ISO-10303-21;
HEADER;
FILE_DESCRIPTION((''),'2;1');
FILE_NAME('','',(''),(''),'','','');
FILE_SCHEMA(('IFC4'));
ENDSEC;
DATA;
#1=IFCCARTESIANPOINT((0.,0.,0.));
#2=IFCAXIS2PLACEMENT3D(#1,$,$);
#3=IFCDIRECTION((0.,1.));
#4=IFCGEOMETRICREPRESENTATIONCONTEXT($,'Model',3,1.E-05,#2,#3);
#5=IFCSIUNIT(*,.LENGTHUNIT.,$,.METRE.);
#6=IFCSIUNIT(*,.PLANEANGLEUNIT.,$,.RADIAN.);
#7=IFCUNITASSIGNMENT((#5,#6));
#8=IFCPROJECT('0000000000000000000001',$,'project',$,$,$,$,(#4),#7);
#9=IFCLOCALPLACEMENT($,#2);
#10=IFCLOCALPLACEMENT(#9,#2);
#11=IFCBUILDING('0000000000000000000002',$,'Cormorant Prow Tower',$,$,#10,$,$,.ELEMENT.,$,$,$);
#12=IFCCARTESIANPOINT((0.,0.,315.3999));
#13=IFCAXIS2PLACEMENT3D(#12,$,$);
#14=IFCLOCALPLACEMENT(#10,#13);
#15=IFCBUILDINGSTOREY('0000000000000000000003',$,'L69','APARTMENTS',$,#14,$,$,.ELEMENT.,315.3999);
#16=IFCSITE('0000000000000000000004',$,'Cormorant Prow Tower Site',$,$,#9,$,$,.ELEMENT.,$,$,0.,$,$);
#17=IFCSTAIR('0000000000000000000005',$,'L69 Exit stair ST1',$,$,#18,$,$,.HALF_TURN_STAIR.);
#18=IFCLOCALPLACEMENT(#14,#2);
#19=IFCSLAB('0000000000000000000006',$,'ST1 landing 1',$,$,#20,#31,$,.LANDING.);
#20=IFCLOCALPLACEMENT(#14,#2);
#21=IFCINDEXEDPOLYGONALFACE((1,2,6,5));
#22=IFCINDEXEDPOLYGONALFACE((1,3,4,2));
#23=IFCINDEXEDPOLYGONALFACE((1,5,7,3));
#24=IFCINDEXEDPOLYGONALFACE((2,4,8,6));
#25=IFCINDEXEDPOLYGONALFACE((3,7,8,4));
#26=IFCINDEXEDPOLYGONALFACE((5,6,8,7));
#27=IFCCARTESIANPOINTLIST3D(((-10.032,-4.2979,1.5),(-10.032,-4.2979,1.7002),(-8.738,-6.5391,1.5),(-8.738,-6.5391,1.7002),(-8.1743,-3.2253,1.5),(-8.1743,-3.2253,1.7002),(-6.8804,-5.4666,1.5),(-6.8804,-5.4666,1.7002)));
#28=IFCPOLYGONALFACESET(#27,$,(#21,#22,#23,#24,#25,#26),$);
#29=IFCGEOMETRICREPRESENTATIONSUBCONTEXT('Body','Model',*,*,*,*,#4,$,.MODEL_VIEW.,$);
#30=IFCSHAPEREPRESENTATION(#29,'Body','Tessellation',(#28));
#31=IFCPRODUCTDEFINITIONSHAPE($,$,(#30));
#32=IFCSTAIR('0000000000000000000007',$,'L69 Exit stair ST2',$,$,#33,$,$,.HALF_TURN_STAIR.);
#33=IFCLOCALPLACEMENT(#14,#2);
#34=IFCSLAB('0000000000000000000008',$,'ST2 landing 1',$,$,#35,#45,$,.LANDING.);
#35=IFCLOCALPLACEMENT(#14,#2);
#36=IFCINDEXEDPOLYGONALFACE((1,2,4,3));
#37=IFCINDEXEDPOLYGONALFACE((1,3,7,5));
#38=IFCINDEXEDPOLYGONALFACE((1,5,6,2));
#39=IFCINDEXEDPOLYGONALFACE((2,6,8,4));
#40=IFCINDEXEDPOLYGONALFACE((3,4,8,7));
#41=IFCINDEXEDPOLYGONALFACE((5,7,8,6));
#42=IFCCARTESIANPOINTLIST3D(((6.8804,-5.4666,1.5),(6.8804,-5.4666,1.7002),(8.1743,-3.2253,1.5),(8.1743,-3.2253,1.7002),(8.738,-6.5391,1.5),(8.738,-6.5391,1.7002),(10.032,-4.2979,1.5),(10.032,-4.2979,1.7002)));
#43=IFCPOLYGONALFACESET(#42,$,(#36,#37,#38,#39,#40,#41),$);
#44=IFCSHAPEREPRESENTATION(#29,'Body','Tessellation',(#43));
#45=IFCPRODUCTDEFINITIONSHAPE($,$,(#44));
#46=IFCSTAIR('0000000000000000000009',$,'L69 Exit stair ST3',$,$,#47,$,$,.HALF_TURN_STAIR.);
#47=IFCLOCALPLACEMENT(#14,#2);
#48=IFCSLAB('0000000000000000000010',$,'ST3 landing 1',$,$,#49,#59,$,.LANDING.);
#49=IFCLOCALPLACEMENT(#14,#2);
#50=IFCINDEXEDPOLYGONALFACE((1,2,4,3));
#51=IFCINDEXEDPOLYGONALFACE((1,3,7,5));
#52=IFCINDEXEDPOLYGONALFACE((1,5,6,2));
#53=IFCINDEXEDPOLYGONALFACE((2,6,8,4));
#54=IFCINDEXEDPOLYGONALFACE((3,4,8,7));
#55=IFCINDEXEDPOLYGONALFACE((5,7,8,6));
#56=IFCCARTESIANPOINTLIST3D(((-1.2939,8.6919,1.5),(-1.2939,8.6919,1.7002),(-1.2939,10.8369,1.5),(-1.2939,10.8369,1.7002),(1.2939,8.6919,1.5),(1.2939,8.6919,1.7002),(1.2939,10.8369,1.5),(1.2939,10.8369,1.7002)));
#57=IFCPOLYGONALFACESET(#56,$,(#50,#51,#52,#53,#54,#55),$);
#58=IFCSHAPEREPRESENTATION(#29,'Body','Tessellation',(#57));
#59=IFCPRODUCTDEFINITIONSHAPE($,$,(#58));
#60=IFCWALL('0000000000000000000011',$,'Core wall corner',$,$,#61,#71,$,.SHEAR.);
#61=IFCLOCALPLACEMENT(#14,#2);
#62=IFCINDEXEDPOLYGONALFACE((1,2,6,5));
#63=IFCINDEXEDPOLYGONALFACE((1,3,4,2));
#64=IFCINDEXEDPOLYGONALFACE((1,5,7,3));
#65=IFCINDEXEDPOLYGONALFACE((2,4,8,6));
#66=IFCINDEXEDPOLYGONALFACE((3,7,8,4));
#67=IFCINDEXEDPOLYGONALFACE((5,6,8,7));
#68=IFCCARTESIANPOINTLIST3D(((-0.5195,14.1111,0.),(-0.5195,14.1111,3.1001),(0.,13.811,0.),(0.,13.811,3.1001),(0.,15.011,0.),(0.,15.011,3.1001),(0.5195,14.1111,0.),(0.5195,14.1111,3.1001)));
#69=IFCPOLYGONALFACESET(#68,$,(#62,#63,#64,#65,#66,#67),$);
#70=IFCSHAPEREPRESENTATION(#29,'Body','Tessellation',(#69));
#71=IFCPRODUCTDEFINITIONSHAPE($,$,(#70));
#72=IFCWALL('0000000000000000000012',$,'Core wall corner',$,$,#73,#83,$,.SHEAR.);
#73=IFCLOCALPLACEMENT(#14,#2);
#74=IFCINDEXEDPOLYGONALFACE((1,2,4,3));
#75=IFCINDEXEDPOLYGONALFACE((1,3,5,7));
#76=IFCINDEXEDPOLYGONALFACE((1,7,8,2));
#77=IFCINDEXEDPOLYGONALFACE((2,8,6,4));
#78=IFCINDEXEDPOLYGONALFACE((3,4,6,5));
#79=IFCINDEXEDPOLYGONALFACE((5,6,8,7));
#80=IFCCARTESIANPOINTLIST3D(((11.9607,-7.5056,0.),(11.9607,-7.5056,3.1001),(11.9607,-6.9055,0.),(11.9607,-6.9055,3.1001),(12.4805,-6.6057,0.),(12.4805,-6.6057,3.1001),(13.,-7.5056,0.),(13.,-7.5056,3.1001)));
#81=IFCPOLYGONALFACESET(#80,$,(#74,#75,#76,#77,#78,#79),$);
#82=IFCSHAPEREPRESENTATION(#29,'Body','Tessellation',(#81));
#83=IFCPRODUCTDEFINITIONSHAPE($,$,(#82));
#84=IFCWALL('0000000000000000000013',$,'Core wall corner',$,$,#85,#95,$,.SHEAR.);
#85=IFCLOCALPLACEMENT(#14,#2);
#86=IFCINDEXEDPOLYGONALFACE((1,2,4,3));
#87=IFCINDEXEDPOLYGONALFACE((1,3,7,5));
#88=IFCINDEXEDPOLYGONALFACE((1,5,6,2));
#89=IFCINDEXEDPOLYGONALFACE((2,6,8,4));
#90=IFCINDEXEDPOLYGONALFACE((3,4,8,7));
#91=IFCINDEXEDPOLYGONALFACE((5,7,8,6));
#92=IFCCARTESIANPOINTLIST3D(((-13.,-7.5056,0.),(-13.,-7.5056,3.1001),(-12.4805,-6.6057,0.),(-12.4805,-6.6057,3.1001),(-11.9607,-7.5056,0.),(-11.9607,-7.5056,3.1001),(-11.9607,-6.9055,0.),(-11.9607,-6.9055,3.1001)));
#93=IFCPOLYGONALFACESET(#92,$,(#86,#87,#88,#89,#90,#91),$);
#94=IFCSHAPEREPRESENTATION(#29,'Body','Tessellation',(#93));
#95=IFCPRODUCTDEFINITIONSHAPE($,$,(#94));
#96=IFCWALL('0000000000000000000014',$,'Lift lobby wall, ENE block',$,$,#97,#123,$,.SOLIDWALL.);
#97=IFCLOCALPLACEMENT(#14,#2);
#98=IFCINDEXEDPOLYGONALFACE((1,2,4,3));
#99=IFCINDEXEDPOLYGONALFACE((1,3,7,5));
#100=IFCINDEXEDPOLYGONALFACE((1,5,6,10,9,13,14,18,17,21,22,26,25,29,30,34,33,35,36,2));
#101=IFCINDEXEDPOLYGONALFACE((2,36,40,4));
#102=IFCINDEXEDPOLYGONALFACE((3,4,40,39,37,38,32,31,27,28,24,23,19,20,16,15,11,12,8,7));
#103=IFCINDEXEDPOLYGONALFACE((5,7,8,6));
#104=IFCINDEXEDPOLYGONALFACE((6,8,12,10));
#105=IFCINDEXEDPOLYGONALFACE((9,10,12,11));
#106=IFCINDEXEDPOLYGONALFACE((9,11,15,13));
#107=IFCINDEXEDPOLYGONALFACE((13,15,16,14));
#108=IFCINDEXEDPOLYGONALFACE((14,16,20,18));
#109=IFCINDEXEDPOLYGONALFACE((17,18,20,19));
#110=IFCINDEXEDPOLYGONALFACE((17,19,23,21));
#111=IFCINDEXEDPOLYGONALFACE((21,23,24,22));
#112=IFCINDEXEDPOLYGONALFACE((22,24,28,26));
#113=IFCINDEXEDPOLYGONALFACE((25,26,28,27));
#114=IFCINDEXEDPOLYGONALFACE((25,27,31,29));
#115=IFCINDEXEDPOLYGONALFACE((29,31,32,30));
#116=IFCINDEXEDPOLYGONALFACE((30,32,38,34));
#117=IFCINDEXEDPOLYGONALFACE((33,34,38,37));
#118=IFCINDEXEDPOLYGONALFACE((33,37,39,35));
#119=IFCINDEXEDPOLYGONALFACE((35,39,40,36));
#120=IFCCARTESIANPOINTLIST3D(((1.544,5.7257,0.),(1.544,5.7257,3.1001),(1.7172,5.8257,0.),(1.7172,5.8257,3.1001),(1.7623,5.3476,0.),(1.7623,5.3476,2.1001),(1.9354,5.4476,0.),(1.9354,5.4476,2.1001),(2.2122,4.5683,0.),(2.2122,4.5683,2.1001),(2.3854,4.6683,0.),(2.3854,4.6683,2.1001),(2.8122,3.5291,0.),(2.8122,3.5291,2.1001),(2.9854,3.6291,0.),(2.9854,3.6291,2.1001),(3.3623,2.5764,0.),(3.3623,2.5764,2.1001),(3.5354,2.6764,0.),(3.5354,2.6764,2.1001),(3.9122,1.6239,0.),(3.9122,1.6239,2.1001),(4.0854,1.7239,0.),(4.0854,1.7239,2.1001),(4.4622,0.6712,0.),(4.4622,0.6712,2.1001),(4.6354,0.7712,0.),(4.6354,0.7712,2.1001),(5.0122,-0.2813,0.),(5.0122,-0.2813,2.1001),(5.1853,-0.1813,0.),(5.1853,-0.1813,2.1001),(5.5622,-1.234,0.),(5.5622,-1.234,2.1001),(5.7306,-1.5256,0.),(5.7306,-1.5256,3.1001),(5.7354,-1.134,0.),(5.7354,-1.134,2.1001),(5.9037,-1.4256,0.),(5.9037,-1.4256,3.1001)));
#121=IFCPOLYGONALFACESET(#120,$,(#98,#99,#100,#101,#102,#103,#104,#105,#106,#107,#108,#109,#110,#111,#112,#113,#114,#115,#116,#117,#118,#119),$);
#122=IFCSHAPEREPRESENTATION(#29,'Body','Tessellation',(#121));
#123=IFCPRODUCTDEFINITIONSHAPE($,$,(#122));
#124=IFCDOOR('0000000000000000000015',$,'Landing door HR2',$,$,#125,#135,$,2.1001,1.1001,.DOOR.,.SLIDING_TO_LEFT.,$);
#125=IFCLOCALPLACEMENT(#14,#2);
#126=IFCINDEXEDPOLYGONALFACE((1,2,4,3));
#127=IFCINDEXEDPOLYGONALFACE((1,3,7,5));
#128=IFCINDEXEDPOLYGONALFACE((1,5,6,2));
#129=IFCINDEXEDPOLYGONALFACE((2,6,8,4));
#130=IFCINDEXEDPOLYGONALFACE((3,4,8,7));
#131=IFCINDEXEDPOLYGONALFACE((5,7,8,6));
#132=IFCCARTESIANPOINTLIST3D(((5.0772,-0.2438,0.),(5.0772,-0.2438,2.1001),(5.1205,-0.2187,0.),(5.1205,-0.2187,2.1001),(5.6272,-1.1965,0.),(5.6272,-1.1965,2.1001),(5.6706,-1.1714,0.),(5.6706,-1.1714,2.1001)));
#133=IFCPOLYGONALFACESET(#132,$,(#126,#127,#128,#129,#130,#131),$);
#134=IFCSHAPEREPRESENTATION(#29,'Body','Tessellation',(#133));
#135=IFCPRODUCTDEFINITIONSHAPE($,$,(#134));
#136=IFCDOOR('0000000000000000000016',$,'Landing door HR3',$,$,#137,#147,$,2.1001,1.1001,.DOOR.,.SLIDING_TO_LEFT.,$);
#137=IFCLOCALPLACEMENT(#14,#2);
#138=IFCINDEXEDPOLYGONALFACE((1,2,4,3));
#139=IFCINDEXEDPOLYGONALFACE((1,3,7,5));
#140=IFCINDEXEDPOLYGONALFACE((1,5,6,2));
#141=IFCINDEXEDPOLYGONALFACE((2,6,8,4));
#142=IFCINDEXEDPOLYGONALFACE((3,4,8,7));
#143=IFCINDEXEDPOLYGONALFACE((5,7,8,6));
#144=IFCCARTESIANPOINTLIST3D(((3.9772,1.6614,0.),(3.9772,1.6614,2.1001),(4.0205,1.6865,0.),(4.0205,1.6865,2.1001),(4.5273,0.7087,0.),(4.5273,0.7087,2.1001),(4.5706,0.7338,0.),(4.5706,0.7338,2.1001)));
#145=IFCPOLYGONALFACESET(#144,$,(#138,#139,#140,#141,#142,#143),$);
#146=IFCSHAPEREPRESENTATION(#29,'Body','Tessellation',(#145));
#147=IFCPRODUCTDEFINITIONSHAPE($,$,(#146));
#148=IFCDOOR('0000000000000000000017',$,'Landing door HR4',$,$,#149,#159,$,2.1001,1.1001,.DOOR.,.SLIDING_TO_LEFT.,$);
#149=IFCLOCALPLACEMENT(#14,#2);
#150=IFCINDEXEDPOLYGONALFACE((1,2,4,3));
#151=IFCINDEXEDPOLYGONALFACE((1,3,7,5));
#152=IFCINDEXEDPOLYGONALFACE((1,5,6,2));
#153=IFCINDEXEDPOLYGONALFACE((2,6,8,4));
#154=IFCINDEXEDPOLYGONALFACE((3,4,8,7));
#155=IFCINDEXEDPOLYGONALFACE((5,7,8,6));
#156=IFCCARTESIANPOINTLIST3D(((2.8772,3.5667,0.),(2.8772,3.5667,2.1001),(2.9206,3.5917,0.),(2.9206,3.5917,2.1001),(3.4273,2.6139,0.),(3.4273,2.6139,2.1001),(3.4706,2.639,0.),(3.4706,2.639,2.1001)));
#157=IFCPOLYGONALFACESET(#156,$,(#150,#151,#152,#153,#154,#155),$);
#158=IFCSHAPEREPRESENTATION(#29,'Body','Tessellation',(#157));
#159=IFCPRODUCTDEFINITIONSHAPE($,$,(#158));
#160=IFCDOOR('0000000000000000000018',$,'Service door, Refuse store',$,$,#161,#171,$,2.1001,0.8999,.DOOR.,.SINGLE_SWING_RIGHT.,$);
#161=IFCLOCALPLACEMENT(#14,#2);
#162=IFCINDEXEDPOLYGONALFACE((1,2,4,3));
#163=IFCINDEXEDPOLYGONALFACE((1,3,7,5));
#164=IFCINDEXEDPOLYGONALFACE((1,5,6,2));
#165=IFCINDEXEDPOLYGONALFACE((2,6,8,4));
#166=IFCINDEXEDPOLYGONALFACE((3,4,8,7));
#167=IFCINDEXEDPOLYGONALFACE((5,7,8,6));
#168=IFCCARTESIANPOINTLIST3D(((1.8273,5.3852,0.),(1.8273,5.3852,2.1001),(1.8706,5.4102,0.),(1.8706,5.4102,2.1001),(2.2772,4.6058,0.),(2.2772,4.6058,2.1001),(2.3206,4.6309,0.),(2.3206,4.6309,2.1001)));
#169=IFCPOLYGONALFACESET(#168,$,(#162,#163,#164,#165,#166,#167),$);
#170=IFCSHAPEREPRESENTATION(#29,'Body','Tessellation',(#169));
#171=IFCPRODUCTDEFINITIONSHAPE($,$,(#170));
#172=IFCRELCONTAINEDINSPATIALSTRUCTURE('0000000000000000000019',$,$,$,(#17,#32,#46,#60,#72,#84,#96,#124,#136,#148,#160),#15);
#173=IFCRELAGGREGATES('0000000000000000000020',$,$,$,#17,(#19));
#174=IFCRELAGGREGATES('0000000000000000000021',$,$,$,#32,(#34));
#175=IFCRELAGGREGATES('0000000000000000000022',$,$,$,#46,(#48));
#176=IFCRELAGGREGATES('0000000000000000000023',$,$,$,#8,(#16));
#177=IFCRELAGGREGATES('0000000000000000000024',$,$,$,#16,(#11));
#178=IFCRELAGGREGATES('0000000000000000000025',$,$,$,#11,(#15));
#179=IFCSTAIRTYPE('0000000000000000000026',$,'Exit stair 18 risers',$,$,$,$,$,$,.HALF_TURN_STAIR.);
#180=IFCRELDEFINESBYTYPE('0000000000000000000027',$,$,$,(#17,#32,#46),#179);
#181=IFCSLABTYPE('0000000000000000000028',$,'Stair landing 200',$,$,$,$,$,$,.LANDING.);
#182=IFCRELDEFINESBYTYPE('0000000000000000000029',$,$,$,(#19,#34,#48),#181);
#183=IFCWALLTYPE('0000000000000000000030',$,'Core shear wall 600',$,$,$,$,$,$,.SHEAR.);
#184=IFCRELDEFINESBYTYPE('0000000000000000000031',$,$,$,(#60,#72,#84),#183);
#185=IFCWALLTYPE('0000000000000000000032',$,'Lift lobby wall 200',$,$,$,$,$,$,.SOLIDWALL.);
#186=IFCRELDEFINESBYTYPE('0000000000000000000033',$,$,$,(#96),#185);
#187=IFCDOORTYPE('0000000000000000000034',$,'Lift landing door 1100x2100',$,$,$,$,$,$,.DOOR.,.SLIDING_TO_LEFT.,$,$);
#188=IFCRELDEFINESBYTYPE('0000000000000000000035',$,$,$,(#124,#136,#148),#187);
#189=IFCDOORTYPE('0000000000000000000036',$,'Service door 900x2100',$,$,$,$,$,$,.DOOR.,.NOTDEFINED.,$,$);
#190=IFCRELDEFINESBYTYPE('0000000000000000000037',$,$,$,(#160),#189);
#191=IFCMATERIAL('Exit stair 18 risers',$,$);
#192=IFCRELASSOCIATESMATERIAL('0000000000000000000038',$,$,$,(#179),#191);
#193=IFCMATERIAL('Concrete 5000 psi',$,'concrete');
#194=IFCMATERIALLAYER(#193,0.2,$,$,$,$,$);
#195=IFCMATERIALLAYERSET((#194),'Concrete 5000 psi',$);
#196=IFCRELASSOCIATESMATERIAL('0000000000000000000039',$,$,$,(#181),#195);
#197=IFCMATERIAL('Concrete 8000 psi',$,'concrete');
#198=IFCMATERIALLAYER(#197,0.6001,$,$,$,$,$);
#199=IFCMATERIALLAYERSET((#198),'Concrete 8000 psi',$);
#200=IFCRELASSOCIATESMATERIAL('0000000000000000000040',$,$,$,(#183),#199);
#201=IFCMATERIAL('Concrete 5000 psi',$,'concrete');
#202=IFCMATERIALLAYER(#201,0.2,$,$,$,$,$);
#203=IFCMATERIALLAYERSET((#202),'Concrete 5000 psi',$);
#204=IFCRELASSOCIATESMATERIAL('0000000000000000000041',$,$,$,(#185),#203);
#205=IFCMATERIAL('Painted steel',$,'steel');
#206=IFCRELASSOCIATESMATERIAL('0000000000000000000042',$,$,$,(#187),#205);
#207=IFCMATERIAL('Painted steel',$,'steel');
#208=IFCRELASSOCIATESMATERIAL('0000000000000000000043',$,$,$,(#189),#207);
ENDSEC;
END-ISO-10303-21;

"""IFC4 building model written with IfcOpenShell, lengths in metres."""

from ifc_helpers import new_model, si_unit, direction, frame, frame_2d, origin, place, context, subcontext, project, spatial, polyline, rectangle, outline, extrude, material, layer, layer_set, type_object, element, fill, aggregate, save


model = new_model("IFC4")

# Units and contexts
model_context = context("Model", 3, precision=1e-05, world=origin(), true_north=direction((0.0, 1.0)))
body_context = subcontext(model_context, "Body", "Model", "MODEL_VIEW")
ifc_project = project(units=[si_unit("LENGTHUNIT", "METRE"), si_unit("PLANEANGLEUNIT", "RADIAN")], contexts=[model_context])

# Site, building, storey
site_placement = place(None, origin())
site = spatial("IfcSite", under=ifc_project, at=site_placement, Name="Cormorant Prow Tower Site", CompositionType="ELEMENT", RefElevation=0.0)
building_placement = place(site_placement, origin())
building = spatial("IfcBuilding", under=site, at=building_placement, Name="Cormorant Prow Tower", CompositionType="ELEMENT")
storey_placement = place(building_placement, frame((0.0, 0.0, 315.3999)))
storey = spatial("IfcBuildingStorey", under=building, at=storey_placement, Name="L69", Description="APARTMENTS", CompositionType="ELEMENT", Elevation=315.3999)

# Stairs, slabs
ifc_material_1 = material(Name="Exit stair 18 risers")
stair_type = type_object("IfcStairType", Name="Exit stair 18 risers", PredefinedType="HALF_TURN_STAIR", material=ifc_material_1)
stair_1_placement = place(storey_placement, origin())
stair_1 = element("IfcStair", 1, at=stair_1_placement, inside=storey, type_object=stair_type, Name="L69 Exit stair ST1", PredefinedType="HALF_TURN_STAIR")
ifc_material_2 = material(Name="Concrete 5000 psi", Category="concrete")
ifc_layer_1 = layer(ifc_material_2, 0.2)
ifc_layer_set_1 = layer_set([ifc_layer_1], Name="Concrete 5000 psi")
slab_type = type_object("IfcSlabType", Name="Stair landing 200", PredefinedType="LANDING", material=ifc_layer_set_1)
slab_1_placement = place(storey_placement, frame((0.0, 0.0, 1.5)))
slab_1 = element("IfcSlab", 2, at=slab_1_placement, type_object=slab_type, Name="ST1 landing 1", PredefinedType="LANDING", context=body_context, shape_type="SweptSolid", body=[
    extrude(outline(polyline([(-8.1743, -3.2253), (-10.032, -4.2979), (-8.738, -6.5391), (-6.8804, -5.4666), (-8.1743, -3.2253)])), origin(), (0.0, 0.0, 1.0), 0.2002),
])
aggregate(stair_1, [slab_1])
stair_2_placement = place(storey_placement, origin())
stair_2 = element("IfcStair", 3, at=stair_2_placement, inside=storey, type_object=stair_type, Name="L69 Exit stair ST2", PredefinedType="HALF_TURN_STAIR")
slab_2_placement = place(storey_placement, frame((0.0, 0.0, 1.5)))
slab_2 = element("IfcSlab", 4, at=slab_2_placement, type_object=slab_type, Name="ST2 landing 1", PredefinedType="LANDING", context=body_context, shape_type="SweptSolid", body=[
    extrude(outline(polyline([(6.8804, -5.4666), (8.738, -6.5391), (10.032, -4.2979), (8.1743, -3.2253), (6.8804, -5.4666)])), origin(), (0.0, 0.0, 1.0), 0.2002),
])
aggregate(stair_2, [slab_2])
stair_3_placement = place(storey_placement, origin())
stair_3 = element("IfcStair", 5, at=stair_3_placement, inside=storey, type_object=stair_type, Name="L69 Exit stair ST3", PredefinedType="HALF_TURN_STAIR")
slab_3_placement = place(storey_placement, frame((0.0, 0.0, 1.5)))
slab_3 = element("IfcSlab", 6, at=slab_3_placement, type_object=slab_type, Name="ST3 landing 1", PredefinedType="LANDING", context=body_context, shape_type="SweptSolid", body=[
    extrude(outline(polyline([(1.2939, 8.6919), (1.2939, 10.8369), (-1.2939, 10.8369), (-1.2939, 8.6919), (1.2939, 8.6919)])), origin(), (0.0, 0.0, 1.0), 0.2002),
])

# Walls
ifc_material_3 = material(Name="Concrete 8000 psi", Category="concrete")
ifc_layer_2 = layer(ifc_material_3, 0.6001)
ifc_layer_set_2 = layer_set([ifc_layer_2], Name="Concrete 8000 psi")
wall_type_1 = type_object("IfcWallType", Name="Core shear wall 600", PredefinedType="SHEAR", material=ifc_layer_set_2)
wall_1_placement = place(storey_placement, origin())
element("IfcWall", 7, at=wall_1_placement, inside=storey, type_object=wall_type_1, Name="Core wall corner", PredefinedType="SHEAR", context=body_context, shape_type="SweptSolid", body=[
    extrude(outline(polyline([(0.0, 13.811), (-0.5195, 14.1111), (0.0, 15.011), (0.5195, 14.1111), (0.0, 13.811)])), origin(), (0.0, 0.0, 1.0), 3.1001),
])
wall_2_placement = place(storey_placement, origin())
element("IfcWall", 8, at=wall_2_placement, inside=storey, type_object=wall_type_1, Name="Core wall corner", PredefinedType="SHEAR", context=body_context, shape_type="SweptSolid", body=[
    extrude(outline(polyline([(11.9607, -7.5056), (11.9607, -6.9055), (12.4805, -6.6057), (13.0, -7.5056), (11.9607, -7.5056)])), origin(), (0.0, 0.0, 1.0), 3.1001),
])
wall_3_placement = place(storey_placement, origin())
element("IfcWall", 9, at=wall_3_placement, inside=storey, type_object=wall_type_1, Name="Core wall corner", PredefinedType="SHEAR", context=body_context, shape_type="SweptSolid", body=[
    extrude(outline(polyline([(-12.4805, -6.6057), (-11.9607, -6.9055), (-11.9607, -7.5056), (-13.0, -7.5056), (-12.4805, -6.6057)])), origin(), (0.0, 0.0, 1.0), 3.1001),
])

# Wall, openings, doors
ifc_material_4 = material(Name="Concrete 5000 psi", Category="concrete")
ifc_layer_3 = layer(ifc_material_4, 0.2)
ifc_layer_set_3 = layer_set([ifc_layer_3], Name="Concrete 5000 psi")
wall_type_2 = type_object("IfcWallType", Name="Lift lobby wall 200", PredefinedType="SOLIDWALL", material=ifc_layer_set_3)
wall_4_placement = place(storey_placement, frame((5.8171, -1.4756, 0.0), z_axis=(0.0, 0.0, 1.0), x_axis=(-0.500003, 0.866024, 0.0)))
wall_4 = element("IfcWall", 10, at=wall_4_placement, inside=storey, type_object=wall_type_2, Name="Lift lobby wall, ENE block", PredefinedType="SOLIDWALL", context=body_context, shape_type="SweptSolid", body=[
    extrude(rectangle(XDim=8.373, YDim=0.2, at=frame_2d((4.1865, 0.0))), origin(), (0.0, 0.0, 1.0), 3.1001),
])
opening_1_placement = place(wall_4_placement, frame((0.3367, 0.0, 0.0)))
opening_1 = element("IfcOpeningElement", 11, at=opening_1_placement, cuts=wall_4, PredefinedType="OPENING", context=body_context, shape_type="SweptSolid", body=[
    extrude(rectangle(XDim=1.1001, YDim=2.1001, at=frame_2d((0.55, 1.05))), frame((0.0, 0.1099, 0.0), z_axis=(0.0, -1.0, 0.0), x_axis=(1.0, 0.0, 0.0)), (0.0, 0.0, 1.0), 0.22),
])
opening_2_placement = place(wall_4_placement, frame((2.5366, 0.0, 0.0)))
opening_2 = element("IfcOpeningElement", 12, at=opening_2_placement, cuts=wall_4, PredefinedType="OPENING", context=body_context, shape_type="SweptSolid", body=[
    extrude(rectangle(XDim=1.1001, YDim=2.1001, at=frame_2d((0.55, 1.05))), frame((0.0, 0.1099, 0.0), z_axis=(0.0, -1.0, 0.0), x_axis=(1.0, 0.0, 0.0)), (0.0, 0.0, 1.0), 0.22),
])
opening_3_placement = place(wall_4_placement, frame((4.7366, 0.0, 0.0)))
opening_3 = element("IfcOpeningElement", 13, at=opening_3_placement, cuts=wall_4, PredefinedType="OPENING", context=body_context, shape_type="SweptSolid", body=[
    extrude(rectangle(XDim=1.1001, YDim=2.1001, at=frame_2d((0.55, 1.05))), frame((0.0, 0.1099, 0.0), z_axis=(0.0, -1.0, 0.0), x_axis=(1.0, 0.0, 0.0)), (0.0, 0.0, 1.0), 0.22),
])
opening_4_placement = place(wall_4_placement, frame((7.0366, 0.0, 0.0)))
opening_4 = element("IfcOpeningElement", 14, at=opening_4_placement, cuts=wall_4, PredefinedType="OPENING", context=body_context, shape_type="SweptSolid", body=[
    extrude(rectangle(XDim=0.8999, YDim=2.1001, at=frame_2d((0.45, 1.05))), frame((0.0, 0.1099, 0.0), z_axis=(0.0, -1.0, 0.0), x_axis=(1.0, 0.0, 0.0)), (0.0, 0.0, 1.0), 0.22),
])
ifc_material_5 = material(Name="Painted steel", Category="steel")
door_type_1 = type_object("IfcDoorType", Name="Lift landing door 1100x2100", OperationType="SLIDING_TO_LEFT", PredefinedType="DOOR", material=ifc_material_5)
door_1_placement = place(opening_1_placement, origin())
door_1 = element("IfcDoor", 15, at=door_1_placement, inside=storey, type_object=door_type_1, Name="Landing door HR2", OperationType="SLIDING_TO_LEFT", OverallHeight=2.1001, OverallWidth=1.1001, PredefinedType="DOOR", context=body_context, shape_type="SweptSolid", body=[
    extrude(rectangle(XDim=1.1001, YDim=2.1001, at=frame_2d((0.55, 1.05))), frame((0.0, 0.0249, 0.0), z_axis=(0.0, -1.0, 0.0), x_axis=(1.0, 0.0, 0.0)), (0.0, 0.0, 1.0), 0.05),
])
fill(opening_1, door_1)
door_2_placement = place(opening_2_placement, origin())
door_2 = element("IfcDoor", 16, at=door_2_placement, inside=storey, type_object=door_type_1, Name="Landing door HR3", OperationType="SLIDING_TO_LEFT", OverallHeight=2.1001, OverallWidth=1.1001, PredefinedType="DOOR", context=body_context, shape_type="SweptSolid", body=[
    extrude(rectangle(XDim=1.1001, YDim=2.1001, at=frame_2d((0.55, 1.05))), frame((0.0, 0.0249, 0.0), z_axis=(0.0, -1.0, 0.0), x_axis=(1.0, 0.0, 0.0)), (0.0, 0.0, 1.0), 0.05),
])
fill(opening_2, door_2)
door_3_placement = place(opening_3_placement, origin())
door_3 = element("IfcDoor", 17, at=door_3_placement, inside=storey, type_object=door_type_1, Name="Landing door HR4", OperationType="SLIDING_TO_LEFT", OverallHeight=2.1001, OverallWidth=1.1001, PredefinedType="DOOR", context=body_context, shape_type="SweptSolid", body=[
    extrude(rectangle(XDim=1.1001, YDim=2.1001, at=frame_2d((0.55, 1.05))), frame((0.0, 0.0249, 0.0), z_axis=(0.0, -1.0, 0.0), x_axis=(1.0, 0.0, 0.0)), (0.0, 0.0, 1.0), 0.05),
])
fill(opening_3, door_3)
ifc_material_6 = material(Name="Painted steel", Category="steel")
door_type_2 = type_object("IfcDoorType", Name="Service door 900x2100", OperationType="NOTDEFINED", PredefinedType="DOOR", material=ifc_material_6)
door_4_placement = place(opening_4_placement, origin())
door_4 = element("IfcDoor", 18, at=door_4_placement, inside=storey, type_object=door_type_2, Name="Service door, Refuse store", OperationType="SINGLE_SWING_RIGHT", OverallHeight=2.1001, OverallWidth=0.8999, PredefinedType="DOOR", context=body_context, shape_type="SweptSolid", body=[
    extrude(rectangle(XDim=0.8999, YDim=2.1001, at=frame_2d((0.45, 1.05))), frame((0.0, 0.0249, 0.0), z_axis=(0.0, -1.0, 0.0), x_axis=(1.0, 0.0, 0.0)), (0.0, 0.0, 1.0), 0.05),
])
fill(opening_4, door_4)

aggregate(stair_3, [slab_3])

save(model, "model.ifc")
